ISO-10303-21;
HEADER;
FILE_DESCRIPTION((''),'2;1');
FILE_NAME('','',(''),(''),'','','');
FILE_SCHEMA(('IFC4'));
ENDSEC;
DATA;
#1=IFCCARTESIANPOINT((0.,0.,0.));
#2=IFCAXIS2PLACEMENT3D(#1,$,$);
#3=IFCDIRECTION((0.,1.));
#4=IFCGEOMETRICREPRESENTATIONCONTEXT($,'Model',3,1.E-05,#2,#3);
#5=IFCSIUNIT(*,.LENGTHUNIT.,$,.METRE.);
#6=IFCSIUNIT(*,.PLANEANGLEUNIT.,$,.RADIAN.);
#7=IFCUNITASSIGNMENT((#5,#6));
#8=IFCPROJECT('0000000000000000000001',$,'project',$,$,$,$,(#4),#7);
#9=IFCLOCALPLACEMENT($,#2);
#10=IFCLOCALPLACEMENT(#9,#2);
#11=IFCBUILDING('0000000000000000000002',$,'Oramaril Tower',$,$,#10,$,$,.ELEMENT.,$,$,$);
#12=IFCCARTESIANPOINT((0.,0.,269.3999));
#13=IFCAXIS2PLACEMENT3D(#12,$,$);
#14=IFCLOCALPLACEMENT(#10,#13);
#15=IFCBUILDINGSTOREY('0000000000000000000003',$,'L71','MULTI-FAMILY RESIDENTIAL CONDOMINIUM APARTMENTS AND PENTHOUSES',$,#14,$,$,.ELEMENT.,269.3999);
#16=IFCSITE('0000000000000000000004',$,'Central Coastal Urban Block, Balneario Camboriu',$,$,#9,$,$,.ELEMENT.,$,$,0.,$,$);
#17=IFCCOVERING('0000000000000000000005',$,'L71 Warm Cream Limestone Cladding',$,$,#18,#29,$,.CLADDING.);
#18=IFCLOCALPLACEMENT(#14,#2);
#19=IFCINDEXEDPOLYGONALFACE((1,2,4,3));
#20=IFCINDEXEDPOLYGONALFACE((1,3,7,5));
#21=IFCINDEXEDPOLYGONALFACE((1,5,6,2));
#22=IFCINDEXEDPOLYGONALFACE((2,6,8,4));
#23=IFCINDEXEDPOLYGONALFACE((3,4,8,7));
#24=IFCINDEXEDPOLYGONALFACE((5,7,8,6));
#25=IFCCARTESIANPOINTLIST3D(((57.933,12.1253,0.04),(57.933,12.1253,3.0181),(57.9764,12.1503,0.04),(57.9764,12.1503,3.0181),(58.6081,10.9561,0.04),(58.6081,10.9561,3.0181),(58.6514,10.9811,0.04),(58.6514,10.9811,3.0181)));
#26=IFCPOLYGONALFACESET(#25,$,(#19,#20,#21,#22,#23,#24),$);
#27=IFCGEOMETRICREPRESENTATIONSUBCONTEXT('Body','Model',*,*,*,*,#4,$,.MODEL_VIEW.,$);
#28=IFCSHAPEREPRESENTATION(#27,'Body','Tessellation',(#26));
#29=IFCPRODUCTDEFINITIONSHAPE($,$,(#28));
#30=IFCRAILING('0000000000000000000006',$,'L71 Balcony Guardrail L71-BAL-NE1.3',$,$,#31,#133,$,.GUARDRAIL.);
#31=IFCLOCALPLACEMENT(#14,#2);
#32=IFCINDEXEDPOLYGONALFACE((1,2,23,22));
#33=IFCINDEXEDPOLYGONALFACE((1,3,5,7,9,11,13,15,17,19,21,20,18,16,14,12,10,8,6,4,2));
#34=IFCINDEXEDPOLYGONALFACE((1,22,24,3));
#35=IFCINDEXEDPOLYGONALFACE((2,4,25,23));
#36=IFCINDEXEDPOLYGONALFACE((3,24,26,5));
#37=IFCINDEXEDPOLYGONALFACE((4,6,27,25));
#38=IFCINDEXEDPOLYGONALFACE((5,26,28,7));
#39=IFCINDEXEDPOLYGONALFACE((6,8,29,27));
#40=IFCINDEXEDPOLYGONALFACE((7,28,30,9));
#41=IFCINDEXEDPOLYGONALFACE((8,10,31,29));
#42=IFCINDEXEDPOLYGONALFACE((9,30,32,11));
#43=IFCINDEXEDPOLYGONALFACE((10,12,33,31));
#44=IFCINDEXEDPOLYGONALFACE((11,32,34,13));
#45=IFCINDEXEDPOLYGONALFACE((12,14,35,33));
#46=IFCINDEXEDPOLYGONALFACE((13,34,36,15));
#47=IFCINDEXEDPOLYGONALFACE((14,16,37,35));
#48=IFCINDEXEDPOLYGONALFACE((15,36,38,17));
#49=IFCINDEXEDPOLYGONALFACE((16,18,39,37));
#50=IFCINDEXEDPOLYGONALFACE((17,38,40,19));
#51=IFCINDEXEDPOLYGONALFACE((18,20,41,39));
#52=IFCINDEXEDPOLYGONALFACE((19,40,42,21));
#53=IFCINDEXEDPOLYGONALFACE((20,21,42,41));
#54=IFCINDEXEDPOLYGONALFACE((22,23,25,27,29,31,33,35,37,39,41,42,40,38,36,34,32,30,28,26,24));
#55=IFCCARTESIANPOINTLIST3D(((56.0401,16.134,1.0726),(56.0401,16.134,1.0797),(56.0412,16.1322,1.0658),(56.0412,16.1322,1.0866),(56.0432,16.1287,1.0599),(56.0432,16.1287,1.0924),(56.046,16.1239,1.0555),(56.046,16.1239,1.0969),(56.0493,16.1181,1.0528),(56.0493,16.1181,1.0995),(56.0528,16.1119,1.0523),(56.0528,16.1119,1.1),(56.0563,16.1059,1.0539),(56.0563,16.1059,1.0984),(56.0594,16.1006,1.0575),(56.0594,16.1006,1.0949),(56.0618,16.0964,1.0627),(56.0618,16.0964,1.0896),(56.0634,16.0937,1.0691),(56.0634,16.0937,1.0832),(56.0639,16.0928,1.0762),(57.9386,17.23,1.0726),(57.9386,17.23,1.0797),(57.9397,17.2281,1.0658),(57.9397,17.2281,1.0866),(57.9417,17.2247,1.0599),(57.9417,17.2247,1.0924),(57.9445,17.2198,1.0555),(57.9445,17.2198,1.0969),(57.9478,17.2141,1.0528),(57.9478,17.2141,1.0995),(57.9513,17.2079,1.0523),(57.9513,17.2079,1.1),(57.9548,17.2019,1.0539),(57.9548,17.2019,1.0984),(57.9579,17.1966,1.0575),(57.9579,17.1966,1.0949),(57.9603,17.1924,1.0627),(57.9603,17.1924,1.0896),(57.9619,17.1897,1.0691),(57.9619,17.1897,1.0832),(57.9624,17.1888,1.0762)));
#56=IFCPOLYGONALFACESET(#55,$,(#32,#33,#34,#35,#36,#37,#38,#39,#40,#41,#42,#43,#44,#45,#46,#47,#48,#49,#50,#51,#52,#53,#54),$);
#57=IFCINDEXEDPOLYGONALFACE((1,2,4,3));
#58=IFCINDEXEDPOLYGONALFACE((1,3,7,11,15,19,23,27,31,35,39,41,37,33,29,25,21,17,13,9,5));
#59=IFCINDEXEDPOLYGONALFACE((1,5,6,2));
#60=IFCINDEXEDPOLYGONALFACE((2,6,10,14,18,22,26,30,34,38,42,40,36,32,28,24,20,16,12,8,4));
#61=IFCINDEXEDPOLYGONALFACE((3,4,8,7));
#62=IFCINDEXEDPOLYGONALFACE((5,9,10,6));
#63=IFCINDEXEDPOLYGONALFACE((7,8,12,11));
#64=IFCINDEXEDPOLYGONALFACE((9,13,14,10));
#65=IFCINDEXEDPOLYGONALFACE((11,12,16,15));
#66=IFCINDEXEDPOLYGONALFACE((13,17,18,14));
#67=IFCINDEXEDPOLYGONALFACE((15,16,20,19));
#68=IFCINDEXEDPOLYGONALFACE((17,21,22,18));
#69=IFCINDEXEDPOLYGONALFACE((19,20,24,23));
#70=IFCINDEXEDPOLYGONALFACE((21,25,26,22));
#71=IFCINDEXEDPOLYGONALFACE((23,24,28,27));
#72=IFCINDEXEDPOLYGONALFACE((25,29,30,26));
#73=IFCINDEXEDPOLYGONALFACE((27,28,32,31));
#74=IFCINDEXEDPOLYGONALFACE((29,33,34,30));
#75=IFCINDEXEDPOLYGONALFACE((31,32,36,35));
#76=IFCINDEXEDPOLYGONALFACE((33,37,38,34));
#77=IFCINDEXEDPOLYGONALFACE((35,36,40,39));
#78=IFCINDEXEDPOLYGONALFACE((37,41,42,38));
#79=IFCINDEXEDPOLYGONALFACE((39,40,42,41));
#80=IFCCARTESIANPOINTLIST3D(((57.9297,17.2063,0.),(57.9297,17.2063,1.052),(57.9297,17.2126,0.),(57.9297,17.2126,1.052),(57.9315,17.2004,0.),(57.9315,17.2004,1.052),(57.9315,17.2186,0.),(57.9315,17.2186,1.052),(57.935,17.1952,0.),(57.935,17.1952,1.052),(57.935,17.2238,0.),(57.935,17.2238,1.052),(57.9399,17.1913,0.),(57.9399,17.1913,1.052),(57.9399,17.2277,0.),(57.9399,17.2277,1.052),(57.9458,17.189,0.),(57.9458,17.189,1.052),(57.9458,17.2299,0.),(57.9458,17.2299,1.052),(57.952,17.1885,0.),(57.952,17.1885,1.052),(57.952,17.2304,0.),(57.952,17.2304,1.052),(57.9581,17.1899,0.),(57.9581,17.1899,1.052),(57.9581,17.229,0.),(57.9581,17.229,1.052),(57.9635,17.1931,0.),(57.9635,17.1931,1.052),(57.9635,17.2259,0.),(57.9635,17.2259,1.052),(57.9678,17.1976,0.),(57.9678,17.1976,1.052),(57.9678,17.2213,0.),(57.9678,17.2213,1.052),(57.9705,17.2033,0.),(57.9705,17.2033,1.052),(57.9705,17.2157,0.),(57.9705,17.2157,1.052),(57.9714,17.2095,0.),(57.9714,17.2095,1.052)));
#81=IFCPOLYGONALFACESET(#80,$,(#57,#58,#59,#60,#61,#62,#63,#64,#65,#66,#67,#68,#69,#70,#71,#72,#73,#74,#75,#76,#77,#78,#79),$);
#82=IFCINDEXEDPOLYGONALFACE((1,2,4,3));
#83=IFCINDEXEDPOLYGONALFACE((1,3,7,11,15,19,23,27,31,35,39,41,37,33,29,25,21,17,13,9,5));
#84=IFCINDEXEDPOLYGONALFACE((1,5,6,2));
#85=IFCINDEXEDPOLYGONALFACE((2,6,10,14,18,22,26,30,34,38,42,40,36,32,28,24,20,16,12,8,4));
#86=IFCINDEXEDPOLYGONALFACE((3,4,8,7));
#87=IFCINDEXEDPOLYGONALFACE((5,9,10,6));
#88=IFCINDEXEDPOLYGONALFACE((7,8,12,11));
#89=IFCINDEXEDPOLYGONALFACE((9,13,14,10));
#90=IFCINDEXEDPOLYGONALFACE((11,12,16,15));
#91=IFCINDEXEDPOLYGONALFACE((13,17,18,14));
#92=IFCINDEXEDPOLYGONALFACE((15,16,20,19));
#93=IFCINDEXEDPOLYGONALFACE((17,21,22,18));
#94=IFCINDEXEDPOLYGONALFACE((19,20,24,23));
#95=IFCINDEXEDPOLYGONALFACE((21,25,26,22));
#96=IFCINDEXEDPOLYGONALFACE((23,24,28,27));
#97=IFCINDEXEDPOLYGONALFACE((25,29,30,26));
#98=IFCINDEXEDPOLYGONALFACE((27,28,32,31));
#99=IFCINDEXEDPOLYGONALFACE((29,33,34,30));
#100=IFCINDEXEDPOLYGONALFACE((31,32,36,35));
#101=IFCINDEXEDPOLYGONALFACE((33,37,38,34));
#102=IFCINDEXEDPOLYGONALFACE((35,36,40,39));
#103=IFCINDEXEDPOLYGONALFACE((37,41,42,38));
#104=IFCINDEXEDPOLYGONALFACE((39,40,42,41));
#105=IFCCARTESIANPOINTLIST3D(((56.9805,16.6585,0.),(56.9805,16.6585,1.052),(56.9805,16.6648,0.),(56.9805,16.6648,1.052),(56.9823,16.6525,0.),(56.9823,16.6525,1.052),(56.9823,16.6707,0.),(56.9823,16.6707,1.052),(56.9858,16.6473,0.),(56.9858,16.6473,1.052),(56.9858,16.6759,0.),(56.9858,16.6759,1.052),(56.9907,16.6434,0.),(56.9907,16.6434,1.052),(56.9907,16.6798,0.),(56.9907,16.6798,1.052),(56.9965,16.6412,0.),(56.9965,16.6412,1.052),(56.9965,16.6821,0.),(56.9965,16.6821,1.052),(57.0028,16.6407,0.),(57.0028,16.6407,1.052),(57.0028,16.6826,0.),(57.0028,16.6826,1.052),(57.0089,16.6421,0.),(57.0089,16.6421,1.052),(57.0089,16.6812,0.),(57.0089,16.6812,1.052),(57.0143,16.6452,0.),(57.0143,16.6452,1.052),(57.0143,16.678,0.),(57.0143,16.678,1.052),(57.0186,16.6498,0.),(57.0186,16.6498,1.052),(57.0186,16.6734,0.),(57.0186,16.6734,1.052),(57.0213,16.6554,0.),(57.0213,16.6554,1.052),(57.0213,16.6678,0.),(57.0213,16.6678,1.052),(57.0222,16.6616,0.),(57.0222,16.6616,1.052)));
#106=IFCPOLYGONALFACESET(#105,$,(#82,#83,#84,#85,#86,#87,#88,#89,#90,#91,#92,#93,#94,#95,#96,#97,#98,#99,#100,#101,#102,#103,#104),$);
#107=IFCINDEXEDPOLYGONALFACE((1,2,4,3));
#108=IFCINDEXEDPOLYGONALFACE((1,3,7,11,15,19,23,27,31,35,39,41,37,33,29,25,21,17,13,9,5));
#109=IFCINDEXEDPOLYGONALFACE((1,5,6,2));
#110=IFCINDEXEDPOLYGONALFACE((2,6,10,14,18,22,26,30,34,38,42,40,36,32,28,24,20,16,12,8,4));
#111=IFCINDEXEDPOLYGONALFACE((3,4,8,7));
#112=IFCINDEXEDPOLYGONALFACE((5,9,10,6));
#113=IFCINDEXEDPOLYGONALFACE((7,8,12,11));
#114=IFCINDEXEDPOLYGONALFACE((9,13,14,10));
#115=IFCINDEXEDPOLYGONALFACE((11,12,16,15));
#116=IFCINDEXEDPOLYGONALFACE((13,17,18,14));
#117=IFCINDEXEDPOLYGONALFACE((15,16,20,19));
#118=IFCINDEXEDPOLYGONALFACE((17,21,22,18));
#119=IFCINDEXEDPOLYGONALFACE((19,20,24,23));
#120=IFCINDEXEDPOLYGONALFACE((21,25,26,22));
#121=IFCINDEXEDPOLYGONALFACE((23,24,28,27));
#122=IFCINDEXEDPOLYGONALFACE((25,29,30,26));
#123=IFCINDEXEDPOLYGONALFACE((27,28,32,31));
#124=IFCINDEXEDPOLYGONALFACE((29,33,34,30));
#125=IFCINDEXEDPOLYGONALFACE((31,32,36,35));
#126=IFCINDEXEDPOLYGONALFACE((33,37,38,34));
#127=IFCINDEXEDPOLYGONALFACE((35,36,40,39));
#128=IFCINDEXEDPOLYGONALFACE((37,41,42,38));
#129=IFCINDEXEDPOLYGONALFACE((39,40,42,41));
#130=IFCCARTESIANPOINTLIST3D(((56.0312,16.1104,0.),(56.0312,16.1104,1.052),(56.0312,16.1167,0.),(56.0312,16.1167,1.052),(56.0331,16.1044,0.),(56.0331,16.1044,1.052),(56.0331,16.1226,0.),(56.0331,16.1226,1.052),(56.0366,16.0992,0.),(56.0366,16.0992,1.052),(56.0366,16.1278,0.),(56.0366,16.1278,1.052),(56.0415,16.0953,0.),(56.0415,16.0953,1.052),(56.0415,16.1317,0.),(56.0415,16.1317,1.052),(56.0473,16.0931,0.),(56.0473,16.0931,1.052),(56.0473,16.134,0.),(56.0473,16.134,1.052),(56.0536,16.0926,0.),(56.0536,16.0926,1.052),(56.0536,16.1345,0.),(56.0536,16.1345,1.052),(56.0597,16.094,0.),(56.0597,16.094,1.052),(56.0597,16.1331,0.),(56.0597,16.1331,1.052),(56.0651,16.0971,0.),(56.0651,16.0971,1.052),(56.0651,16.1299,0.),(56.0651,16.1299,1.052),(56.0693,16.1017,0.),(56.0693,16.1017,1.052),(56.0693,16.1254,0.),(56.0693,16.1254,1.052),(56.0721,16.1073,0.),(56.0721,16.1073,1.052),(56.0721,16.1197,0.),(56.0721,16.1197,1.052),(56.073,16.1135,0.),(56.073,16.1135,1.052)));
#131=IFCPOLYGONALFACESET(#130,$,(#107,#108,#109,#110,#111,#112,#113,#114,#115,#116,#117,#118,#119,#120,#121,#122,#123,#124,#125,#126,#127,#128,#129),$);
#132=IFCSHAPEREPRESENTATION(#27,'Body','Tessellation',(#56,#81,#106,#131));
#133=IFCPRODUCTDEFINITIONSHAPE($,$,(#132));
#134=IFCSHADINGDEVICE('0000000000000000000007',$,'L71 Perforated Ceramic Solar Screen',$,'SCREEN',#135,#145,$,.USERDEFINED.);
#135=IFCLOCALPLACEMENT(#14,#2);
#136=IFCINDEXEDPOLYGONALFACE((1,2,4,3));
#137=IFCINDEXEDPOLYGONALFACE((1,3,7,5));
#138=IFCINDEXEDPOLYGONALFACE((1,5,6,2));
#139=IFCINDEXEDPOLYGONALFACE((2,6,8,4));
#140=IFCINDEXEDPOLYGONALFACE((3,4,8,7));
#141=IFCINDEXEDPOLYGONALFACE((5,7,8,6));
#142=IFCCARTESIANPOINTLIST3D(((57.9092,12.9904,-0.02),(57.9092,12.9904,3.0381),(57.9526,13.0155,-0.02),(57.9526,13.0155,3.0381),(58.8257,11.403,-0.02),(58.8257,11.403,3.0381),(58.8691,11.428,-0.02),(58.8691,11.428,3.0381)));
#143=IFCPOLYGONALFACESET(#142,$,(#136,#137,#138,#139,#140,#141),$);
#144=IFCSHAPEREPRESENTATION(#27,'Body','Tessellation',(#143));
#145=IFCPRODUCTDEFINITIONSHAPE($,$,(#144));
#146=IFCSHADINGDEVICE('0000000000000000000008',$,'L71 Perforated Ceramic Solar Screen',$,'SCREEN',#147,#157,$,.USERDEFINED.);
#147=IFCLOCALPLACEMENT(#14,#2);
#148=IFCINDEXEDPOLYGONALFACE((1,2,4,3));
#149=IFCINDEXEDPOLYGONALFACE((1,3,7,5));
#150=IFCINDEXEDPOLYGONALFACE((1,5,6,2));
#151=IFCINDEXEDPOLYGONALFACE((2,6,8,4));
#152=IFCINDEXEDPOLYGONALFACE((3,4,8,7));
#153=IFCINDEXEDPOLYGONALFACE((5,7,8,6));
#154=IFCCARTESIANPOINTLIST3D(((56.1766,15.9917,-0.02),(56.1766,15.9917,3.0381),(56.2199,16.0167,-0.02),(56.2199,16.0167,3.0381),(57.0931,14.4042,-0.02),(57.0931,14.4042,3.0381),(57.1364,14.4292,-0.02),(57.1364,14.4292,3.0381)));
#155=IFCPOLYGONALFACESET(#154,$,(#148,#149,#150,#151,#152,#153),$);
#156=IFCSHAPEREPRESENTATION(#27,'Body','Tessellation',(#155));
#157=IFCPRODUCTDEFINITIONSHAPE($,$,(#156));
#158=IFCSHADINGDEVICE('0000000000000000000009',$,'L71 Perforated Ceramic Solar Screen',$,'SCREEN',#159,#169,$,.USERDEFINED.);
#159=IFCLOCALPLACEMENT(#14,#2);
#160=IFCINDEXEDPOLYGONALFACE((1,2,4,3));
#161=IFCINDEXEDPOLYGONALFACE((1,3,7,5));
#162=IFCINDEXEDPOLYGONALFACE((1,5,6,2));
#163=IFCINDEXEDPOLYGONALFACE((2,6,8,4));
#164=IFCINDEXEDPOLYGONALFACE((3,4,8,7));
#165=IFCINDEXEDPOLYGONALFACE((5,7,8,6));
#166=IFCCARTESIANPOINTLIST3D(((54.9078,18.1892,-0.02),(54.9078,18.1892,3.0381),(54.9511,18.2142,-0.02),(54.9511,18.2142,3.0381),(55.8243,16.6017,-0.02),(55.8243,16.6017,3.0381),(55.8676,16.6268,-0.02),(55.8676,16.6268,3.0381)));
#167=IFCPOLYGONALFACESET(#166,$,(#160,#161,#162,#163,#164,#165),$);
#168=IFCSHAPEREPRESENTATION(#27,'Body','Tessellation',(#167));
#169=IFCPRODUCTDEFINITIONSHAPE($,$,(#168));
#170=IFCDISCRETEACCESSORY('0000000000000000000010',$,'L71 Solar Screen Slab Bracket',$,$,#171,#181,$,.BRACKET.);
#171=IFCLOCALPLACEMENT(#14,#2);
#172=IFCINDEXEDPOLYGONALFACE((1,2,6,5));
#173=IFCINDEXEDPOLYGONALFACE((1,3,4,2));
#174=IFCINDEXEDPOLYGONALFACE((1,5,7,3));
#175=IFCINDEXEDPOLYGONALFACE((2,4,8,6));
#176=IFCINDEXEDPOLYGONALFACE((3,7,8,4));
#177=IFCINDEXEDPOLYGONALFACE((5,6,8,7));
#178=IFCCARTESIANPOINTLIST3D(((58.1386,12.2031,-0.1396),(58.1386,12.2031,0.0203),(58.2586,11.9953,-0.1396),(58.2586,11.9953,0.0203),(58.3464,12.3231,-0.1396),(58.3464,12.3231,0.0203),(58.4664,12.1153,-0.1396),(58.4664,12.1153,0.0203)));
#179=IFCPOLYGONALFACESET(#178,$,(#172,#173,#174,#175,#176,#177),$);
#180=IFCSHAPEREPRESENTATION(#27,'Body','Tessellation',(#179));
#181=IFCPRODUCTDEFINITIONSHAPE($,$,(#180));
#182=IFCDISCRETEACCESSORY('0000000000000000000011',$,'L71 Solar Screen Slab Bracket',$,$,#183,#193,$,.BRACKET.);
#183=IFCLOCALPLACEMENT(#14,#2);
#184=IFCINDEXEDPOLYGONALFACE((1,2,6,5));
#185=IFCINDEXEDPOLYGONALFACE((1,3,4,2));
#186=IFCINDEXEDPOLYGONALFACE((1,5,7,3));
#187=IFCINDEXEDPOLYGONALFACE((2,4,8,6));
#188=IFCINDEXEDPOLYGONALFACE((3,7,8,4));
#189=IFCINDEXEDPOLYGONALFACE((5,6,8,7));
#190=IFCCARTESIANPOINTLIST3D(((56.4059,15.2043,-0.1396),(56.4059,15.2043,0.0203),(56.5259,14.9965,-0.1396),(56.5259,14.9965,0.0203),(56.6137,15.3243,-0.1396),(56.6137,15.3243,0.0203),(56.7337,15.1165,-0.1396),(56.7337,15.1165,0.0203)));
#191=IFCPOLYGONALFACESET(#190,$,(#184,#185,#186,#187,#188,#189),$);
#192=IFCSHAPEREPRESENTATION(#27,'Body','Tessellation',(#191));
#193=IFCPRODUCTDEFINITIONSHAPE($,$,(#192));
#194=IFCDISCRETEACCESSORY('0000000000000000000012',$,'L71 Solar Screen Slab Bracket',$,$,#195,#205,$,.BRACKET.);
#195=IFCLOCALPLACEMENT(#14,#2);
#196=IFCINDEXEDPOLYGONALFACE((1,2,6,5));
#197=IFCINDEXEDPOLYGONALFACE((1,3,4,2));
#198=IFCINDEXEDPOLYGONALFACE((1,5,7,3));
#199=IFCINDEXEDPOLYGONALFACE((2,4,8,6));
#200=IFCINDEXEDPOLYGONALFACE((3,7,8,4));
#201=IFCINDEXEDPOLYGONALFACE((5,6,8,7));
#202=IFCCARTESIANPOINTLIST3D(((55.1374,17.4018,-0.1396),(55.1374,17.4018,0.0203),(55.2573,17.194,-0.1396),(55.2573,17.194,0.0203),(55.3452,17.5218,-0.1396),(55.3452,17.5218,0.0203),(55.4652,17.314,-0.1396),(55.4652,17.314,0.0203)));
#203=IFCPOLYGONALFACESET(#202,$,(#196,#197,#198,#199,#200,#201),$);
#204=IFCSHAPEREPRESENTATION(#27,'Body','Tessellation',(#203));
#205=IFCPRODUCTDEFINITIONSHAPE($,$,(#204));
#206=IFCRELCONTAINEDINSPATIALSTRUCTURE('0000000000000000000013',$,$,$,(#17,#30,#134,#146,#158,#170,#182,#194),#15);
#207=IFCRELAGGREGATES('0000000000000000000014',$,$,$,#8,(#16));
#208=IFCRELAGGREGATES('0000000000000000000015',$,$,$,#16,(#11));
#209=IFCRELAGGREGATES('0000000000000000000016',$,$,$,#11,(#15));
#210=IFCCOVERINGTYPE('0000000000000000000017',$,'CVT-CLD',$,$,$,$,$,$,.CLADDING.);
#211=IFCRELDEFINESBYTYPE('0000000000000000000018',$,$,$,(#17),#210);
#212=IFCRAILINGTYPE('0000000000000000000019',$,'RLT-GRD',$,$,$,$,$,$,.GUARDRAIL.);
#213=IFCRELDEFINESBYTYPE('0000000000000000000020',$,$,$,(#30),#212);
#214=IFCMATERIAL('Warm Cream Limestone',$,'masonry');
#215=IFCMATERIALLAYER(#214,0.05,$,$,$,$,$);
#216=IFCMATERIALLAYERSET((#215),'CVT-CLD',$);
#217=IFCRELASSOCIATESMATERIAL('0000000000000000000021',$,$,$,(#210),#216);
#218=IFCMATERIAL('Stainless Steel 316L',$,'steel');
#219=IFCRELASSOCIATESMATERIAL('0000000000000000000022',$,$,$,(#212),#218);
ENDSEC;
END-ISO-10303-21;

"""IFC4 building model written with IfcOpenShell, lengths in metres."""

from ifc_helpers import new_model, si_unit, direction, frame, origin, origin_2d, place, context, subcontext, project, spatial, rectangle, circle, extrude, material, layer, layer_set, type_object, element, save


model = new_model("IFC4")

# Units and contexts
model_context = context("Model", 3, precision=1e-05, world=origin(), true_north=direction((0.0, 1.0)))
body_context = subcontext(model_context, "Body", "Model", "MODEL_VIEW")
ifc_project = project(units=[si_unit("LENGTHUNIT", "METRE"), si_unit("PLANEANGLEUNIT", "RADIAN")], contexts=[model_context])

# Site, building, storey
site_placement = place(None, origin())
site = spatial("IfcSite", under=ifc_project, at=site_placement, Name="Central Coastal Urban Block, Balneario Camboriu", CompositionType="ELEMENT", RefElevation=0.0)
building_placement = place(site_placement, origin())
building = spatial("IfcBuilding", under=site, at=building_placement, Name="Oramaril Tower", CompositionType="ELEMENT")
storey_placement = place(building_placement, frame((0.0, 0.0, 269.3999)))
storey = spatial("IfcBuildingStorey", under=building, at=storey_placement, Name="L71", Description="MULTI-FAMILY RESIDENTIAL CONDOMINIUM APARTMENTS AND PENTHOUSES", CompositionType="ELEMENT", Elevation=269.3999)

# Covering
ifc_material_1 = material(Name="Warm Cream Limestone", Category="masonry")
ifc_layer_1 = layer(ifc_material_1, 0.05)
ifc_layer_set_1 = layer_set([ifc_layer_1], Name="CVT-CLD")
covering_type = type_object("IfcCoveringType", Name="CVT-CLD", PredefinedType="CLADDING", material=ifc_layer_set_1)
covering_placement = place(storey_placement, frame((58.2922, 11.5532, 0.04), z_axis=(0.0, 0.0, 1.0), x_axis=(-0.5, 0.866025, 0.0)))
element("IfcCovering", 1, at=covering_placement, inside=storey, type_object=covering_type, Name="L71 Warm Cream Limestone Cladding", PredefinedType="CLADDING", context=body_context, shape_type="SweptSolid", body=[
    extrude(rectangle(XDim=1.3501, YDim=0.05, at=origin_2d()), origin(), (0.0, 0.0, 1.0), 2.978),
])

# Railing
ifc_material_2 = material(Name="Stainless Steel 316L", Category="steel")
railing_type = type_object("IfcRailingType", Name="RLT-GRD", PredefinedType="GUARDRAIL", material=ifc_material_2)
railing_placement = place(storey_placement, frame((57.9504, 17.2095, 0.0)))
element("IfcRailing", 2, at=railing_placement, inside=storey, type_object=railing_type, Name="L71 Balcony Guardrail L71-BAL-NE1.3", PredefinedType="GUARDRAIL", context=body_context, shape_type="SweptSolid", body=[
    extrude(circle(Radius=0.0239, at=origin_2d()), frame((0.0, 0.0, 1.0762), z_axis=(-0.866048, -0.49996, 0.0), x_axis=(0.49996, -0.866048, 0.0)), (0.0, 0.0, 1.0), 2.1921),
    extrude(circle(Radius=0.021, at=origin_2d()), origin(), (0.0, 0.0, 1.0), 1.052),
    extrude(circle(Radius=0.021, at=origin_2d()), frame((-0.9492, -0.5479, 0.0)), (0.0, 0.0, 1.0), 1.052),
    extrude(circle(Radius=0.021, at=origin_2d()), frame((-1.8984, -1.0959, 0.0)), (0.0, 0.0, 1.0), 1.052),
])

# Shading devices
for number, where, z_axis, x_axis, name in (
    (3, (58.3892, 12.2092, -0.02), (0.0, 0.0, 1.0), (-0.5, 0.866025, 0.0), "L71 Perforated Ceramic Solar Screen"),
    (4, (56.6565, 15.2104, -0.02), (0.0, 0.0, 1.0), (-0.5, 0.866025, 0.0), "L71 Perforated Ceramic Solar Screen"),
    (5, (55.3877, 17.408, -0.02), (0.0, 0.0, 1.0), (-0.5, 0.866025, 0.0), "L71 Perforated Ceramic Solar Screen"),
):
    element("IfcShadingDevice", number, at=place(storey_placement, frame(where, z_axis=z_axis, x_axis=x_axis)), inside=storey, Name=name, ObjectType="SCREEN", PredefinedType="USERDEFINED", context=body_context, shape_type="SweptSolid", body=[
        extrude(rectangle(XDim=1.833, YDim=0.05, at=origin_2d()), origin(), (0.0, 0.0, 1.0), 3.0581),
    ])

# Discrete accessories
for number, where, z_axis, x_axis, name in (
    (6, (58.3025, 12.1592, -0.1396), (0.0, 0.0, 1.0), (-0.5, 0.866025, 0.0), "L71 Solar Screen Slab Bracket"),
    (7, (56.5698, 15.1604, -0.1396), (0.0, 0.0, 1.0), (-0.5, 0.866025, 0.0), "L71 Solar Screen Slab Bracket"),
    (8, (55.3013, 17.3579, -0.1396), (0.0, 0.0, 1.0), (-0.5, 0.866025, 0.0), "L71 Solar Screen Slab Bracket"),
):
    element("IfcDiscreteAccessory", number, at=place(storey_placement, frame(where, z_axis=z_axis, x_axis=x_axis)), inside=storey, Name=name, PredefinedType="BRACKET", context=body_context, shape_type="SweptSolid", body=[
        extrude(rectangle(XDim=0.24, YDim=0.24, at=origin_2d()), origin(), (0.0, 0.0, 1.0), 0.1599),
    ])

save(model, "model.ifc")
